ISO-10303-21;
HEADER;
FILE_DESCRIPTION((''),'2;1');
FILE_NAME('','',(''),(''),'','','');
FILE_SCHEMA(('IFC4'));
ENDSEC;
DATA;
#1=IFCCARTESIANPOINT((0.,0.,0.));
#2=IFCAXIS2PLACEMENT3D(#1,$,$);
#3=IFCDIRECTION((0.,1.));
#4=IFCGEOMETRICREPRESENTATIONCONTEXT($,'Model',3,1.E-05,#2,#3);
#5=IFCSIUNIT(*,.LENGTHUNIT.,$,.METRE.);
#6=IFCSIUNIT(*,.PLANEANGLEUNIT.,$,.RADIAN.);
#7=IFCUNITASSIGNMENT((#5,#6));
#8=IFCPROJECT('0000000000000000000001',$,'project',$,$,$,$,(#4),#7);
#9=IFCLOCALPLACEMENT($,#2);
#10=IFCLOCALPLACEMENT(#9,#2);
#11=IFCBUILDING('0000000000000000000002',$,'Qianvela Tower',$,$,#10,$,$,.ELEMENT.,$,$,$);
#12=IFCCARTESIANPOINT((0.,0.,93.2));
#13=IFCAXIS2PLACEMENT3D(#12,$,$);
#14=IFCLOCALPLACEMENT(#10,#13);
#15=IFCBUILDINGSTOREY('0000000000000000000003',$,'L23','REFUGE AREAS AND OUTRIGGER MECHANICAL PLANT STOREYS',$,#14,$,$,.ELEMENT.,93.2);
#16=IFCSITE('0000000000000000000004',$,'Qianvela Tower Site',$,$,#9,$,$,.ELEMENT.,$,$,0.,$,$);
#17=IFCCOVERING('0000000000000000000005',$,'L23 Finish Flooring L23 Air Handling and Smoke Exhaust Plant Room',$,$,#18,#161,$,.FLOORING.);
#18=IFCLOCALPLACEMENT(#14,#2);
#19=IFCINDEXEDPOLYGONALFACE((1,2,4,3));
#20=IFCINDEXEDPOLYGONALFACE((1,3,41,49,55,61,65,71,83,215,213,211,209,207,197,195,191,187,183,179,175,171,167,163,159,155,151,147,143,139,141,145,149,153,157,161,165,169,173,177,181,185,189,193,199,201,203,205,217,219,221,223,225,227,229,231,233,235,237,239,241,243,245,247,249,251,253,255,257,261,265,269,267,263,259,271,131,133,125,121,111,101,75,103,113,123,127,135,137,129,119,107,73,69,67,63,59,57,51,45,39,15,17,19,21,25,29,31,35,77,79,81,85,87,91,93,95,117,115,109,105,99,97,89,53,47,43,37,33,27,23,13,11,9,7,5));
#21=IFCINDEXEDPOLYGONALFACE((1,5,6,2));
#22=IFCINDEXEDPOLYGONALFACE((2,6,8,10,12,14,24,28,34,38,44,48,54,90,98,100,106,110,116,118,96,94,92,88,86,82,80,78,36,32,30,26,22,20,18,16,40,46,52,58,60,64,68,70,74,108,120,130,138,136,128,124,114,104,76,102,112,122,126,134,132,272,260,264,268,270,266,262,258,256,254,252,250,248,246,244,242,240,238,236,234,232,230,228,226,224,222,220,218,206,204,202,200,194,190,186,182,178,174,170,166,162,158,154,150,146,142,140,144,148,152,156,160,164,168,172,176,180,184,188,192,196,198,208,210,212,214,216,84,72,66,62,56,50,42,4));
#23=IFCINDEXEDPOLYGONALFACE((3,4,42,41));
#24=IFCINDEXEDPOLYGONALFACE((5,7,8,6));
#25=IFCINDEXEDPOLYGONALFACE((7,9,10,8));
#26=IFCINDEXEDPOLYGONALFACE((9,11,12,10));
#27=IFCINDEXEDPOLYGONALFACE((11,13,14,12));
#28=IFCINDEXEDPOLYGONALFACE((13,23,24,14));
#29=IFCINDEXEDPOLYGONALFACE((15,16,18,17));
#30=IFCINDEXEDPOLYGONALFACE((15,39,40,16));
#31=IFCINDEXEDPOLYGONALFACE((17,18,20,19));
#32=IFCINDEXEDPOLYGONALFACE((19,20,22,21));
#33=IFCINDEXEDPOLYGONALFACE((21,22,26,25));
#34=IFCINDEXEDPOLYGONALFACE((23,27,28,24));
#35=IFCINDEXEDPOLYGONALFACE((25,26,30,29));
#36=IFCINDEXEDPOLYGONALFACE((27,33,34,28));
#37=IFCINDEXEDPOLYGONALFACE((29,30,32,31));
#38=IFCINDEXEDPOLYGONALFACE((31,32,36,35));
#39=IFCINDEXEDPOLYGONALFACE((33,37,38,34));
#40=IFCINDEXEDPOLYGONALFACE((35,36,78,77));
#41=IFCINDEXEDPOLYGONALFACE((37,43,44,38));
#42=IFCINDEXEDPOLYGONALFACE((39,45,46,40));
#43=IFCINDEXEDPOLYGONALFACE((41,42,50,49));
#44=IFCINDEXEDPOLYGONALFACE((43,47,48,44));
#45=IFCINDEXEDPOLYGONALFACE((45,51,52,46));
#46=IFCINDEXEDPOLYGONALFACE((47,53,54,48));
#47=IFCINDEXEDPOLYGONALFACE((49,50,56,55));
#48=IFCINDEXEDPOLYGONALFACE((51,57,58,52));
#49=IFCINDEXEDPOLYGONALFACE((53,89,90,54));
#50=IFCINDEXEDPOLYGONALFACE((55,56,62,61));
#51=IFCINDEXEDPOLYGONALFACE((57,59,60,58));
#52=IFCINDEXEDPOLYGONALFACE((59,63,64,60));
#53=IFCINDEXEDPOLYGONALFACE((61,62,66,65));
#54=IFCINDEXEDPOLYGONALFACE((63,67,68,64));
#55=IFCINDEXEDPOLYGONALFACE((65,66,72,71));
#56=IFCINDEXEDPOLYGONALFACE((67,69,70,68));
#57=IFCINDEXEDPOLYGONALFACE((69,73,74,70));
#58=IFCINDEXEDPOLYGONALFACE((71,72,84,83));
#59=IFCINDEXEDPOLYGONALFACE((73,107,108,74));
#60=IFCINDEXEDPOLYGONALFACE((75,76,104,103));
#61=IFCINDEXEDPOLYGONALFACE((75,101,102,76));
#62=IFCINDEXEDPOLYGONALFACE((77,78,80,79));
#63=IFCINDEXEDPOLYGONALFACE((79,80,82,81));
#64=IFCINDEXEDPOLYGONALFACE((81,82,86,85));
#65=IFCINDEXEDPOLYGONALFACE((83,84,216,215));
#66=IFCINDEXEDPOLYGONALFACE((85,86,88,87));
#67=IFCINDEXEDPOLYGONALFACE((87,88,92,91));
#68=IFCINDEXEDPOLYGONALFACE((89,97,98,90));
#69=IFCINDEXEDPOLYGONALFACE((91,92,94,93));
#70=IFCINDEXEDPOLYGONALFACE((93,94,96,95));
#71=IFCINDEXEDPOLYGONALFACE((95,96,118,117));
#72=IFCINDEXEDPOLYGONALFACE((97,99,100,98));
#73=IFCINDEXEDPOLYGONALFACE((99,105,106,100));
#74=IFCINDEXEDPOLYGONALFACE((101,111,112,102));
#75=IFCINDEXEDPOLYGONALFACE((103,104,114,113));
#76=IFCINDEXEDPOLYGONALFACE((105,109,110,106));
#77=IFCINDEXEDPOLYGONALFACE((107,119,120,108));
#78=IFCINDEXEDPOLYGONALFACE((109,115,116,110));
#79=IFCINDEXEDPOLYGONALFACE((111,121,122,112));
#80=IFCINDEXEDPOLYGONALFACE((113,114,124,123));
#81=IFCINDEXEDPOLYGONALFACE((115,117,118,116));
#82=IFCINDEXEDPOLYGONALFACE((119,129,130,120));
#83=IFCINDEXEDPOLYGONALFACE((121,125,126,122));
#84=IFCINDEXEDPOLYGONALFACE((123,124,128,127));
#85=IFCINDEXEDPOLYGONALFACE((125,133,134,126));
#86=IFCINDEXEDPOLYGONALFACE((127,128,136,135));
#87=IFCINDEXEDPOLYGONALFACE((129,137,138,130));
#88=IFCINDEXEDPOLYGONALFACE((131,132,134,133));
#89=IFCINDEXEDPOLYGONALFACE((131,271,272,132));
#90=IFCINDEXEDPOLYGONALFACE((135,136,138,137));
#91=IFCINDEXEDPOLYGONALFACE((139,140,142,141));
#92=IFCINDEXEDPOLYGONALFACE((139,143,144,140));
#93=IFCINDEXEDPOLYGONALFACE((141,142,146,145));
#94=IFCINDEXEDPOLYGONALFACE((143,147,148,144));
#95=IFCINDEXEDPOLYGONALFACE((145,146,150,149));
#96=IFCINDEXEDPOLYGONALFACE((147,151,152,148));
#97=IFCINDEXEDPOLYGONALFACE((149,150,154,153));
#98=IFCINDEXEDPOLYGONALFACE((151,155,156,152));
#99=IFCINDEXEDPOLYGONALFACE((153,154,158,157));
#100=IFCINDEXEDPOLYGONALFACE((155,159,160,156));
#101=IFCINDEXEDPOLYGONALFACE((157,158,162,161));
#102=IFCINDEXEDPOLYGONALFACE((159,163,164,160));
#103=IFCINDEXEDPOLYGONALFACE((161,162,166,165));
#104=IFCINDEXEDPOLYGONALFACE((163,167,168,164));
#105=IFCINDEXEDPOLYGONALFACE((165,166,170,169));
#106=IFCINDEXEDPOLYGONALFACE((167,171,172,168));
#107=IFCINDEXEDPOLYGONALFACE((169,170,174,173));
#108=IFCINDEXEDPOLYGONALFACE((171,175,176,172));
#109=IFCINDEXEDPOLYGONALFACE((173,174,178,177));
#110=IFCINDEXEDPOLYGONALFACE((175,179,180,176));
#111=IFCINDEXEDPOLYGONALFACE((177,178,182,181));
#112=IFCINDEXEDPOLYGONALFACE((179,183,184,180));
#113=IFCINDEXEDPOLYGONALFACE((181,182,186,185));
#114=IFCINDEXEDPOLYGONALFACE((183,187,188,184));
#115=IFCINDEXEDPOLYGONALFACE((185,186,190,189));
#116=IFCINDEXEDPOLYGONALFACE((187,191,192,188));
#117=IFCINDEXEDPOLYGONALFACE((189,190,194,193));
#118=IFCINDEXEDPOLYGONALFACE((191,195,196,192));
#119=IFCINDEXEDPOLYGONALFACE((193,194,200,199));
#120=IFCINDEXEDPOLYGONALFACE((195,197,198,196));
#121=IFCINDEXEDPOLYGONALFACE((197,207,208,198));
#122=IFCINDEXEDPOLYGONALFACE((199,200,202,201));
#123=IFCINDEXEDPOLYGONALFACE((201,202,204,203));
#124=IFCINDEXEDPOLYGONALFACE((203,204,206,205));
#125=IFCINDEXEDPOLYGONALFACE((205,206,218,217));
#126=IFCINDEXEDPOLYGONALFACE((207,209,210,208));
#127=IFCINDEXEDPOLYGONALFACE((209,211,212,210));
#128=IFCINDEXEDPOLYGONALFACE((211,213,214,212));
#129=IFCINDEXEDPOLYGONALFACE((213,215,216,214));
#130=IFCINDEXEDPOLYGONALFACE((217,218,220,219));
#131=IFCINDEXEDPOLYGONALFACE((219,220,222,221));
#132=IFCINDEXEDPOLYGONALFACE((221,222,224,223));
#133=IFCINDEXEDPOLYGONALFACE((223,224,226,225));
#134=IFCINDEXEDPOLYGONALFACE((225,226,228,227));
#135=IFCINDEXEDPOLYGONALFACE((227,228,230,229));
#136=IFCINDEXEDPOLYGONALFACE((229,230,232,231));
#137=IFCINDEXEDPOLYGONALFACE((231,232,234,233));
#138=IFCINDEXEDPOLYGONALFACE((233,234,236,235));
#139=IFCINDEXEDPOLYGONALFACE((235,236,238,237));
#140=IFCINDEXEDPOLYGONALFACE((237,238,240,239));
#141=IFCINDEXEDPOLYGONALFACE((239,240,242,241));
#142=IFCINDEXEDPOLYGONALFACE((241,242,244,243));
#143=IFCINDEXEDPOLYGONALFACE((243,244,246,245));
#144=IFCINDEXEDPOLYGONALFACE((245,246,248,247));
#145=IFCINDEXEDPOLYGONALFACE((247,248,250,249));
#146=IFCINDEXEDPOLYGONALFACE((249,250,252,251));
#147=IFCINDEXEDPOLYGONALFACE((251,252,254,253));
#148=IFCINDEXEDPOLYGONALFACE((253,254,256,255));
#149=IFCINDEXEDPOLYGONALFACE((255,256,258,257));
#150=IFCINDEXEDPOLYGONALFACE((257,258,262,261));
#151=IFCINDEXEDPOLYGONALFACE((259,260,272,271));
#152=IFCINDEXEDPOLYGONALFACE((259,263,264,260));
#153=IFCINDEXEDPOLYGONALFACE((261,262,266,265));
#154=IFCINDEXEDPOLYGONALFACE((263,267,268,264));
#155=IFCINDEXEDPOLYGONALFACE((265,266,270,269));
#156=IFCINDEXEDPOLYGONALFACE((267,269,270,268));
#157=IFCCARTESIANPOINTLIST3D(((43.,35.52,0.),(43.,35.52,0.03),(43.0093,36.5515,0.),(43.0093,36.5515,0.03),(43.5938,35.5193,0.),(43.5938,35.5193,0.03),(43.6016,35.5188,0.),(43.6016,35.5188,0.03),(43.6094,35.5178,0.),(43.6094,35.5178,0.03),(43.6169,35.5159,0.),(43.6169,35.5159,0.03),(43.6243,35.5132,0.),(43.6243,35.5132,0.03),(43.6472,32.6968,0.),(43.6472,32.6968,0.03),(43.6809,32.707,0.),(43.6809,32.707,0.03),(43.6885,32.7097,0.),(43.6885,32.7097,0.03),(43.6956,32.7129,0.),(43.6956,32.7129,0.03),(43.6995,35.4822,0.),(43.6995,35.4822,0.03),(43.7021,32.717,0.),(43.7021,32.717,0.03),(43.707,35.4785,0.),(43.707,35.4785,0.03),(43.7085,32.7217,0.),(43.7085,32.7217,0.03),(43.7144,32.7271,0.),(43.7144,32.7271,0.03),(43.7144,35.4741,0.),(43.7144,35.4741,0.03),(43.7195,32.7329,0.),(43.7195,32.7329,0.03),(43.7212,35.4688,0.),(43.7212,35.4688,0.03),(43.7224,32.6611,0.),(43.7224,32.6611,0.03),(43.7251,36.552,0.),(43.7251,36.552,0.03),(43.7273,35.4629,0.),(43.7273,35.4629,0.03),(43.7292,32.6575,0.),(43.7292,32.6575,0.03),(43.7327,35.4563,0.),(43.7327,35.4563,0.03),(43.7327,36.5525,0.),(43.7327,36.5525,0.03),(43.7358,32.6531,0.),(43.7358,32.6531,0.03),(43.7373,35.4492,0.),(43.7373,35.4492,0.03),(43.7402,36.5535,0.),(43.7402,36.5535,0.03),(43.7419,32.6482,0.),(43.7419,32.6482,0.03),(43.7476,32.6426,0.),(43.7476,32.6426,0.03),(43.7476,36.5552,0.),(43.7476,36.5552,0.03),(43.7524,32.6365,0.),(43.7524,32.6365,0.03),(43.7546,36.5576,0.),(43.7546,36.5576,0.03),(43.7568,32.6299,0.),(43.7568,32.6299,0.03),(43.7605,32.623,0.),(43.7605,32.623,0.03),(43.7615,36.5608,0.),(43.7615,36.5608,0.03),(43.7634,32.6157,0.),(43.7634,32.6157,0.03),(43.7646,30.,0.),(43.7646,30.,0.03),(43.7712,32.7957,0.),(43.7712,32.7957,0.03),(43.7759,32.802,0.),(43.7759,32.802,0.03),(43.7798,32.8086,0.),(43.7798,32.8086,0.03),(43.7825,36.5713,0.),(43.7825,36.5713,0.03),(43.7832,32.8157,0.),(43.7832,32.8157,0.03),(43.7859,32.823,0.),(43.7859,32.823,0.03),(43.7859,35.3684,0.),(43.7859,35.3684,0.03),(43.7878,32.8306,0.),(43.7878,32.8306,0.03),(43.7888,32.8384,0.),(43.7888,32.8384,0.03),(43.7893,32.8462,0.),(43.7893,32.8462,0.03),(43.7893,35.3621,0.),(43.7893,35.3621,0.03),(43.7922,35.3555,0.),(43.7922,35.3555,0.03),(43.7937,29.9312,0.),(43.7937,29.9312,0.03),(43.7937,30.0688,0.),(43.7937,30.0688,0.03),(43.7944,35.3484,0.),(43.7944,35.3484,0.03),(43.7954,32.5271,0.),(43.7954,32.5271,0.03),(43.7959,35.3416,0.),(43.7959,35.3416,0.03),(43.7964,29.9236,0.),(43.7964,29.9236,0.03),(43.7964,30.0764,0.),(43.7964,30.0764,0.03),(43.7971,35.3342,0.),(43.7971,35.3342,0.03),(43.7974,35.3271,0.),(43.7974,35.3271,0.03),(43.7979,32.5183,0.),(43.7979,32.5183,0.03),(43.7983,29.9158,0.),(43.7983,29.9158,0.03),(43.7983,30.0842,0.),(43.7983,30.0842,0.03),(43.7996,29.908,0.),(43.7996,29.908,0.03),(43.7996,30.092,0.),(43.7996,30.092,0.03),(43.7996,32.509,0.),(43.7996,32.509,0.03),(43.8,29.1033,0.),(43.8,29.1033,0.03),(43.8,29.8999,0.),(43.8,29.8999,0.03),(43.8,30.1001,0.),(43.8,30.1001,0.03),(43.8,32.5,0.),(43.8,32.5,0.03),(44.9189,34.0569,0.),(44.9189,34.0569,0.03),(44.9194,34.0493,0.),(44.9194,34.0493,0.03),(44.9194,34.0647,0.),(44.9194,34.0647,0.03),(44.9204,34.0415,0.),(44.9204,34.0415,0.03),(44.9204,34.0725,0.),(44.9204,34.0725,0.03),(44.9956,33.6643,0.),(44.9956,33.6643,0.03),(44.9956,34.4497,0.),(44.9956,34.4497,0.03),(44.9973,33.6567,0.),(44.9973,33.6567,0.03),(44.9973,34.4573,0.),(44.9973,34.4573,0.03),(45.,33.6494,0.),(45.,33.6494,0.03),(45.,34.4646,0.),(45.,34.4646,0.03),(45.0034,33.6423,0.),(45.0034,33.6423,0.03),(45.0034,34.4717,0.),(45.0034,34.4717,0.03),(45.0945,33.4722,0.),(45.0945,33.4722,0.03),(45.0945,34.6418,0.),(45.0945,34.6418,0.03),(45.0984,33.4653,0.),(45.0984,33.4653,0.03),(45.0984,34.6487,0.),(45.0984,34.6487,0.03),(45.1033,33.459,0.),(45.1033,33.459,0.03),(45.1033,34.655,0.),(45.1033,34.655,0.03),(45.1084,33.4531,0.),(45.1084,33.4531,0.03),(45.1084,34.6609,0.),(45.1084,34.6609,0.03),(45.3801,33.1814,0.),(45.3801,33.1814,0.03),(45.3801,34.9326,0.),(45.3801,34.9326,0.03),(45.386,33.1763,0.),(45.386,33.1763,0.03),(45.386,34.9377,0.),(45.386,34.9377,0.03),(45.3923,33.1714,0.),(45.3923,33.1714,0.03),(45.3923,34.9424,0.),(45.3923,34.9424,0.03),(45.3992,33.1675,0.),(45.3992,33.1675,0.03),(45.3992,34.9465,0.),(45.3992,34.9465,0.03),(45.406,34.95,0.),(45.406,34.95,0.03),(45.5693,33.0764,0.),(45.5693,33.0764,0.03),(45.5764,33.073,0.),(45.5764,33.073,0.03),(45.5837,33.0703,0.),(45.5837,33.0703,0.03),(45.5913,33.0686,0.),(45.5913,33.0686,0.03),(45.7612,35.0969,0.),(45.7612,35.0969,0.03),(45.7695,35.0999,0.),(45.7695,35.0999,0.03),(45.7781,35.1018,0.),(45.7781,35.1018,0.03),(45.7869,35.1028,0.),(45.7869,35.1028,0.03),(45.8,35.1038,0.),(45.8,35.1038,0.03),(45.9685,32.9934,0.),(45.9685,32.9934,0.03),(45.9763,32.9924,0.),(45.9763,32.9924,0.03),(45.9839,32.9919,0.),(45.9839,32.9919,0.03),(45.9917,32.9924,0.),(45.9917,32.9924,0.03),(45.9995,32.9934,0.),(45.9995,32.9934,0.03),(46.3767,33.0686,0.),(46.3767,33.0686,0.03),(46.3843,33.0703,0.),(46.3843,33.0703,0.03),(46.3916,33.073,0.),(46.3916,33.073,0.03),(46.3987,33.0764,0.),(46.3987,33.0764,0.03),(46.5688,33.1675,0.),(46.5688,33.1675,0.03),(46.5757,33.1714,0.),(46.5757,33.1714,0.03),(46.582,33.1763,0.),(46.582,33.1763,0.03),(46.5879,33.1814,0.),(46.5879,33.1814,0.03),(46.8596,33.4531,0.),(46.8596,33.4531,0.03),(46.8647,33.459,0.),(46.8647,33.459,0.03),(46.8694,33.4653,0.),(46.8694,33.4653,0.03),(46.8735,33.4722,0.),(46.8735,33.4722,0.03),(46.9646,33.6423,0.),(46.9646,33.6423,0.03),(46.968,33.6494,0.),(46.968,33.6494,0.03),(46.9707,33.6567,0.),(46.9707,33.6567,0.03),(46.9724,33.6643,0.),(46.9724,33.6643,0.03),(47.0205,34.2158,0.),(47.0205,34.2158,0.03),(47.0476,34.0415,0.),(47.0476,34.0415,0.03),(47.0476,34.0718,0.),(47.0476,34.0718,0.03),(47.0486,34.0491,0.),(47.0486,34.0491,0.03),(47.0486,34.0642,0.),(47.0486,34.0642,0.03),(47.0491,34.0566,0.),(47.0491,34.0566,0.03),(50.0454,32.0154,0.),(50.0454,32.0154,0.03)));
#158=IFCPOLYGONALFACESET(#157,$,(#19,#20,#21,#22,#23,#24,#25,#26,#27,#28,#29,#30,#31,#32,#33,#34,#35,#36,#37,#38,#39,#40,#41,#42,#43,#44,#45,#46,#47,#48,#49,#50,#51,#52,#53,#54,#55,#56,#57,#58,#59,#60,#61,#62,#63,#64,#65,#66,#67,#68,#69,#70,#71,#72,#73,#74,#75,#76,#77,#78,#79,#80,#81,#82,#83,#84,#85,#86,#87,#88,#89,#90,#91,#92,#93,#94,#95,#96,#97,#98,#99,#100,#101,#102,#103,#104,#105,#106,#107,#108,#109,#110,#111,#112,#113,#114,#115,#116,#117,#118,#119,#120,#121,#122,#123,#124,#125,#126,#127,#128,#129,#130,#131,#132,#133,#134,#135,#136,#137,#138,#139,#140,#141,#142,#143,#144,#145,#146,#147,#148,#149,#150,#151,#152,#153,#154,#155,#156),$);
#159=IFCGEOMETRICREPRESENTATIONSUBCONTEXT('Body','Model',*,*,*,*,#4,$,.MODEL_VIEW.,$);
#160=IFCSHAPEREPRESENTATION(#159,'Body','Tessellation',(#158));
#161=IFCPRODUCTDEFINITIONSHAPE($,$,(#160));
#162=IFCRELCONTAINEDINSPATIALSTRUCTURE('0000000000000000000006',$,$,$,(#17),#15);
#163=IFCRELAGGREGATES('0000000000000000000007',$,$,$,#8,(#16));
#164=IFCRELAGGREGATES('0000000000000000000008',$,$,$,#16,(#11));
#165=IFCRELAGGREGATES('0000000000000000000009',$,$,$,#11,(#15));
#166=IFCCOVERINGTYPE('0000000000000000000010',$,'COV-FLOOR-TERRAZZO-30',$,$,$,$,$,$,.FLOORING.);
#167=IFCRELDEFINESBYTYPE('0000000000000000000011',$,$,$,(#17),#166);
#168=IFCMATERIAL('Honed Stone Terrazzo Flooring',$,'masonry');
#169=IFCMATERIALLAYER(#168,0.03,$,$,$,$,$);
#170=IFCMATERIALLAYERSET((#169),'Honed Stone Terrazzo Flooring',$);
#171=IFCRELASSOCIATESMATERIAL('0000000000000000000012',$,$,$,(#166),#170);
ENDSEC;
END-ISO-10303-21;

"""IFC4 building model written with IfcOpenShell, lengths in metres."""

from ifc_helpers import new_model, si_unit, direction, frame, origin, place, context, subcontext, project, spatial, polyline, outline, extrude, material, layer, layer_set, type_object, element, save


model = new_model("IFC4")

# Units and contexts
model_context = context("Model", 3, precision=1e-05, world=origin(), true_north=direction((0.0, 1.0)))
body_context = subcontext(model_context, "Body", "Model", "MODEL_VIEW")
ifc_project = project(units=[si_unit("LENGTHUNIT", "METRE"), si_unit("PLANEANGLEUNIT", "RADIAN")], contexts=[model_context])

# Site, building, storey
site_placement = place(None, origin())
site = spatial("IfcSite", under=ifc_project, at=site_placement, Name="Qianvela Tower Site", CompositionType="ELEMENT", RefElevation=0.0)
building_placement = place(site_placement, origin())
building = spatial("IfcBuilding", under=site, at=building_placement, Name="Qianvela Tower", CompositionType="ELEMENT")
storey_placement = place(building_placement, frame((0.0, 0.0, 93.2)))
storey = spatial("IfcBuildingStorey", under=building, at=storey_placement, Name="L23", Description="REFUGE AREAS AND OUTRIGGER MECHANICAL PLANT STOREYS", CompositionType="ELEMENT", Elevation=93.2)

# Covering
ifc_material_1 = material(Name="Honed Stone Terrazzo Flooring", Category="masonry")
ifc_layer_1 = layer(ifc_material_1, 0.03)
ifc_layer_set_1 = layer_set([ifc_layer_1], Name="Honed Stone Terrazzo Flooring")
covering_type_1 = type_object("IfcCoveringType", Name="COV-FLOOR-TERRAZZO-30", PredefinedType="FLOORING", material=ifc_layer_set_1)
covering_1_placement = place(storey_placement, origin())
element("IfcCovering", 1, at=covering_1_placement, inside=storey, type_object=covering_type_1, Name="L23 Finish Flooring L23 Air Handling and Smoke Exhaust Plant Room", PredefinedType="FLOORING", context=body_context, shape_type="SweptSolid", body=[
    extrude(outline(polyline([(43.6472, 32.6968), (43.6809, 32.707), (43.6885, 32.7097), (43.6956, 32.7129), (43.7021, 32.717), (43.7085, 32.7217), (43.7144, 32.7271), (43.7195, 32.7329), (43.7712, 32.7957), (43.7759, 32.802), (43.7798, 32.8086), (43.7832, 32.8157), (43.7859, 32.823), (43.7878, 32.8306), (43.7888, 32.8384), (43.7893, 32.8462), (43.7974, 35.3271), (43.7971, 35.3342), (43.7959, 35.3416), (43.7944, 35.3484), (43.7922, 35.3555), (43.7893, 35.3621), (43.7859, 35.3684), (43.7373, 35.4492), (43.7327, 35.4563), (43.7273, 35.4629), (43.7212, 35.4688), (43.7144, 35.4741), (43.707, 35.4785), (43.6995, 35.4822), (43.6243, 35.5132), (43.6169, 35.5159), (43.6094, 35.5178), (43.6016, 35.5188), (43.5938, 35.5193), (43.0, 35.52), (43.0093, 36.5515), (43.7251, 36.552), (43.7327, 36.5525), (43.7402, 36.5535), (43.7476, 36.5552), (43.7546, 36.5576), (43.7615, 36.5608), (43.7825, 36.5713), (45.8, 35.1038), (45.7869, 35.1028), (45.7781, 35.1018), (45.7695, 35.0999), (45.7612, 35.0969), (45.406, 34.95), (45.3992, 34.9465), (45.3923, 34.9424), (45.386, 34.9377), (45.3801, 34.9326), (45.1084, 34.6609), (45.1033, 34.655), (45.0984, 34.6487), (45.0945, 34.6418), (45.0034, 34.4717), (45.0, 34.4646), (44.9973, 34.4573), (44.9956, 34.4497), (44.9204, 34.0725), (44.9194, 34.0647), (44.9189, 34.0569), (44.9194, 34.0493), (44.9204, 34.0415), (44.9956, 33.6643), (44.9973, 33.6567), (45.0, 33.6494), (45.0034, 33.6423), (45.0945, 33.4722), (45.0984, 33.4653), (45.1033, 33.459), (45.1084, 33.4531), (45.3801, 33.1814), (45.386, 33.1763), (45.3923, 33.1714), (45.3992, 33.1675), (45.5693, 33.0764), (45.5764, 33.073), (45.5837, 33.0703), (45.5913, 33.0686), (45.9685, 32.9934), (45.9763, 32.9924), (45.9839, 32.9919), (45.9917, 32.9924), (45.9995, 32.9934), (46.3767, 33.0686), (46.3843, 33.0703), (46.3916, 33.073), (46.3987, 33.0764), (46.5688, 33.1675), (46.5757, 33.1714), (46.582, 33.1763), (46.5879, 33.1814), (46.8596, 33.4531), (46.8647, 33.459), (46.8694, 33.4653), (46.8735, 33.4722), (46.9646, 33.6423), (46.968, 33.6494), (46.9707, 33.6567), (46.9724, 33.6643), (47.0476, 34.0415), (47.0486, 34.0491), (47.0491, 34.0566), (47.0486, 34.0642), (47.0476, 34.0718), (47.0205, 34.2158), (50.0454, 32.0154), (43.8, 29.1033), (43.8, 29.8999), (43.7996, 29.908), (43.7983, 29.9158), (43.7964, 29.9236), (43.7937, 29.9312), (43.7646, 30.0), (43.7937, 30.0688), (43.7964, 30.0764), (43.7983, 30.0842), (43.7996, 30.092), (43.8, 30.1001), (43.8, 32.5), (43.7996, 32.509), (43.7979, 32.5183), (43.7954, 32.5271), (43.7634, 32.6157), (43.7605, 32.623), (43.7568, 32.6299), (43.7524, 32.6365), (43.7476, 32.6426), (43.7419, 32.6482), (43.7358, 32.6531), (43.7292, 32.6575), (43.7224, 32.6611), (43.6472, 32.6968)])), origin(), (0.0, 0.0, 1.0), 0.03),
])

save(model, "model.ifc")
